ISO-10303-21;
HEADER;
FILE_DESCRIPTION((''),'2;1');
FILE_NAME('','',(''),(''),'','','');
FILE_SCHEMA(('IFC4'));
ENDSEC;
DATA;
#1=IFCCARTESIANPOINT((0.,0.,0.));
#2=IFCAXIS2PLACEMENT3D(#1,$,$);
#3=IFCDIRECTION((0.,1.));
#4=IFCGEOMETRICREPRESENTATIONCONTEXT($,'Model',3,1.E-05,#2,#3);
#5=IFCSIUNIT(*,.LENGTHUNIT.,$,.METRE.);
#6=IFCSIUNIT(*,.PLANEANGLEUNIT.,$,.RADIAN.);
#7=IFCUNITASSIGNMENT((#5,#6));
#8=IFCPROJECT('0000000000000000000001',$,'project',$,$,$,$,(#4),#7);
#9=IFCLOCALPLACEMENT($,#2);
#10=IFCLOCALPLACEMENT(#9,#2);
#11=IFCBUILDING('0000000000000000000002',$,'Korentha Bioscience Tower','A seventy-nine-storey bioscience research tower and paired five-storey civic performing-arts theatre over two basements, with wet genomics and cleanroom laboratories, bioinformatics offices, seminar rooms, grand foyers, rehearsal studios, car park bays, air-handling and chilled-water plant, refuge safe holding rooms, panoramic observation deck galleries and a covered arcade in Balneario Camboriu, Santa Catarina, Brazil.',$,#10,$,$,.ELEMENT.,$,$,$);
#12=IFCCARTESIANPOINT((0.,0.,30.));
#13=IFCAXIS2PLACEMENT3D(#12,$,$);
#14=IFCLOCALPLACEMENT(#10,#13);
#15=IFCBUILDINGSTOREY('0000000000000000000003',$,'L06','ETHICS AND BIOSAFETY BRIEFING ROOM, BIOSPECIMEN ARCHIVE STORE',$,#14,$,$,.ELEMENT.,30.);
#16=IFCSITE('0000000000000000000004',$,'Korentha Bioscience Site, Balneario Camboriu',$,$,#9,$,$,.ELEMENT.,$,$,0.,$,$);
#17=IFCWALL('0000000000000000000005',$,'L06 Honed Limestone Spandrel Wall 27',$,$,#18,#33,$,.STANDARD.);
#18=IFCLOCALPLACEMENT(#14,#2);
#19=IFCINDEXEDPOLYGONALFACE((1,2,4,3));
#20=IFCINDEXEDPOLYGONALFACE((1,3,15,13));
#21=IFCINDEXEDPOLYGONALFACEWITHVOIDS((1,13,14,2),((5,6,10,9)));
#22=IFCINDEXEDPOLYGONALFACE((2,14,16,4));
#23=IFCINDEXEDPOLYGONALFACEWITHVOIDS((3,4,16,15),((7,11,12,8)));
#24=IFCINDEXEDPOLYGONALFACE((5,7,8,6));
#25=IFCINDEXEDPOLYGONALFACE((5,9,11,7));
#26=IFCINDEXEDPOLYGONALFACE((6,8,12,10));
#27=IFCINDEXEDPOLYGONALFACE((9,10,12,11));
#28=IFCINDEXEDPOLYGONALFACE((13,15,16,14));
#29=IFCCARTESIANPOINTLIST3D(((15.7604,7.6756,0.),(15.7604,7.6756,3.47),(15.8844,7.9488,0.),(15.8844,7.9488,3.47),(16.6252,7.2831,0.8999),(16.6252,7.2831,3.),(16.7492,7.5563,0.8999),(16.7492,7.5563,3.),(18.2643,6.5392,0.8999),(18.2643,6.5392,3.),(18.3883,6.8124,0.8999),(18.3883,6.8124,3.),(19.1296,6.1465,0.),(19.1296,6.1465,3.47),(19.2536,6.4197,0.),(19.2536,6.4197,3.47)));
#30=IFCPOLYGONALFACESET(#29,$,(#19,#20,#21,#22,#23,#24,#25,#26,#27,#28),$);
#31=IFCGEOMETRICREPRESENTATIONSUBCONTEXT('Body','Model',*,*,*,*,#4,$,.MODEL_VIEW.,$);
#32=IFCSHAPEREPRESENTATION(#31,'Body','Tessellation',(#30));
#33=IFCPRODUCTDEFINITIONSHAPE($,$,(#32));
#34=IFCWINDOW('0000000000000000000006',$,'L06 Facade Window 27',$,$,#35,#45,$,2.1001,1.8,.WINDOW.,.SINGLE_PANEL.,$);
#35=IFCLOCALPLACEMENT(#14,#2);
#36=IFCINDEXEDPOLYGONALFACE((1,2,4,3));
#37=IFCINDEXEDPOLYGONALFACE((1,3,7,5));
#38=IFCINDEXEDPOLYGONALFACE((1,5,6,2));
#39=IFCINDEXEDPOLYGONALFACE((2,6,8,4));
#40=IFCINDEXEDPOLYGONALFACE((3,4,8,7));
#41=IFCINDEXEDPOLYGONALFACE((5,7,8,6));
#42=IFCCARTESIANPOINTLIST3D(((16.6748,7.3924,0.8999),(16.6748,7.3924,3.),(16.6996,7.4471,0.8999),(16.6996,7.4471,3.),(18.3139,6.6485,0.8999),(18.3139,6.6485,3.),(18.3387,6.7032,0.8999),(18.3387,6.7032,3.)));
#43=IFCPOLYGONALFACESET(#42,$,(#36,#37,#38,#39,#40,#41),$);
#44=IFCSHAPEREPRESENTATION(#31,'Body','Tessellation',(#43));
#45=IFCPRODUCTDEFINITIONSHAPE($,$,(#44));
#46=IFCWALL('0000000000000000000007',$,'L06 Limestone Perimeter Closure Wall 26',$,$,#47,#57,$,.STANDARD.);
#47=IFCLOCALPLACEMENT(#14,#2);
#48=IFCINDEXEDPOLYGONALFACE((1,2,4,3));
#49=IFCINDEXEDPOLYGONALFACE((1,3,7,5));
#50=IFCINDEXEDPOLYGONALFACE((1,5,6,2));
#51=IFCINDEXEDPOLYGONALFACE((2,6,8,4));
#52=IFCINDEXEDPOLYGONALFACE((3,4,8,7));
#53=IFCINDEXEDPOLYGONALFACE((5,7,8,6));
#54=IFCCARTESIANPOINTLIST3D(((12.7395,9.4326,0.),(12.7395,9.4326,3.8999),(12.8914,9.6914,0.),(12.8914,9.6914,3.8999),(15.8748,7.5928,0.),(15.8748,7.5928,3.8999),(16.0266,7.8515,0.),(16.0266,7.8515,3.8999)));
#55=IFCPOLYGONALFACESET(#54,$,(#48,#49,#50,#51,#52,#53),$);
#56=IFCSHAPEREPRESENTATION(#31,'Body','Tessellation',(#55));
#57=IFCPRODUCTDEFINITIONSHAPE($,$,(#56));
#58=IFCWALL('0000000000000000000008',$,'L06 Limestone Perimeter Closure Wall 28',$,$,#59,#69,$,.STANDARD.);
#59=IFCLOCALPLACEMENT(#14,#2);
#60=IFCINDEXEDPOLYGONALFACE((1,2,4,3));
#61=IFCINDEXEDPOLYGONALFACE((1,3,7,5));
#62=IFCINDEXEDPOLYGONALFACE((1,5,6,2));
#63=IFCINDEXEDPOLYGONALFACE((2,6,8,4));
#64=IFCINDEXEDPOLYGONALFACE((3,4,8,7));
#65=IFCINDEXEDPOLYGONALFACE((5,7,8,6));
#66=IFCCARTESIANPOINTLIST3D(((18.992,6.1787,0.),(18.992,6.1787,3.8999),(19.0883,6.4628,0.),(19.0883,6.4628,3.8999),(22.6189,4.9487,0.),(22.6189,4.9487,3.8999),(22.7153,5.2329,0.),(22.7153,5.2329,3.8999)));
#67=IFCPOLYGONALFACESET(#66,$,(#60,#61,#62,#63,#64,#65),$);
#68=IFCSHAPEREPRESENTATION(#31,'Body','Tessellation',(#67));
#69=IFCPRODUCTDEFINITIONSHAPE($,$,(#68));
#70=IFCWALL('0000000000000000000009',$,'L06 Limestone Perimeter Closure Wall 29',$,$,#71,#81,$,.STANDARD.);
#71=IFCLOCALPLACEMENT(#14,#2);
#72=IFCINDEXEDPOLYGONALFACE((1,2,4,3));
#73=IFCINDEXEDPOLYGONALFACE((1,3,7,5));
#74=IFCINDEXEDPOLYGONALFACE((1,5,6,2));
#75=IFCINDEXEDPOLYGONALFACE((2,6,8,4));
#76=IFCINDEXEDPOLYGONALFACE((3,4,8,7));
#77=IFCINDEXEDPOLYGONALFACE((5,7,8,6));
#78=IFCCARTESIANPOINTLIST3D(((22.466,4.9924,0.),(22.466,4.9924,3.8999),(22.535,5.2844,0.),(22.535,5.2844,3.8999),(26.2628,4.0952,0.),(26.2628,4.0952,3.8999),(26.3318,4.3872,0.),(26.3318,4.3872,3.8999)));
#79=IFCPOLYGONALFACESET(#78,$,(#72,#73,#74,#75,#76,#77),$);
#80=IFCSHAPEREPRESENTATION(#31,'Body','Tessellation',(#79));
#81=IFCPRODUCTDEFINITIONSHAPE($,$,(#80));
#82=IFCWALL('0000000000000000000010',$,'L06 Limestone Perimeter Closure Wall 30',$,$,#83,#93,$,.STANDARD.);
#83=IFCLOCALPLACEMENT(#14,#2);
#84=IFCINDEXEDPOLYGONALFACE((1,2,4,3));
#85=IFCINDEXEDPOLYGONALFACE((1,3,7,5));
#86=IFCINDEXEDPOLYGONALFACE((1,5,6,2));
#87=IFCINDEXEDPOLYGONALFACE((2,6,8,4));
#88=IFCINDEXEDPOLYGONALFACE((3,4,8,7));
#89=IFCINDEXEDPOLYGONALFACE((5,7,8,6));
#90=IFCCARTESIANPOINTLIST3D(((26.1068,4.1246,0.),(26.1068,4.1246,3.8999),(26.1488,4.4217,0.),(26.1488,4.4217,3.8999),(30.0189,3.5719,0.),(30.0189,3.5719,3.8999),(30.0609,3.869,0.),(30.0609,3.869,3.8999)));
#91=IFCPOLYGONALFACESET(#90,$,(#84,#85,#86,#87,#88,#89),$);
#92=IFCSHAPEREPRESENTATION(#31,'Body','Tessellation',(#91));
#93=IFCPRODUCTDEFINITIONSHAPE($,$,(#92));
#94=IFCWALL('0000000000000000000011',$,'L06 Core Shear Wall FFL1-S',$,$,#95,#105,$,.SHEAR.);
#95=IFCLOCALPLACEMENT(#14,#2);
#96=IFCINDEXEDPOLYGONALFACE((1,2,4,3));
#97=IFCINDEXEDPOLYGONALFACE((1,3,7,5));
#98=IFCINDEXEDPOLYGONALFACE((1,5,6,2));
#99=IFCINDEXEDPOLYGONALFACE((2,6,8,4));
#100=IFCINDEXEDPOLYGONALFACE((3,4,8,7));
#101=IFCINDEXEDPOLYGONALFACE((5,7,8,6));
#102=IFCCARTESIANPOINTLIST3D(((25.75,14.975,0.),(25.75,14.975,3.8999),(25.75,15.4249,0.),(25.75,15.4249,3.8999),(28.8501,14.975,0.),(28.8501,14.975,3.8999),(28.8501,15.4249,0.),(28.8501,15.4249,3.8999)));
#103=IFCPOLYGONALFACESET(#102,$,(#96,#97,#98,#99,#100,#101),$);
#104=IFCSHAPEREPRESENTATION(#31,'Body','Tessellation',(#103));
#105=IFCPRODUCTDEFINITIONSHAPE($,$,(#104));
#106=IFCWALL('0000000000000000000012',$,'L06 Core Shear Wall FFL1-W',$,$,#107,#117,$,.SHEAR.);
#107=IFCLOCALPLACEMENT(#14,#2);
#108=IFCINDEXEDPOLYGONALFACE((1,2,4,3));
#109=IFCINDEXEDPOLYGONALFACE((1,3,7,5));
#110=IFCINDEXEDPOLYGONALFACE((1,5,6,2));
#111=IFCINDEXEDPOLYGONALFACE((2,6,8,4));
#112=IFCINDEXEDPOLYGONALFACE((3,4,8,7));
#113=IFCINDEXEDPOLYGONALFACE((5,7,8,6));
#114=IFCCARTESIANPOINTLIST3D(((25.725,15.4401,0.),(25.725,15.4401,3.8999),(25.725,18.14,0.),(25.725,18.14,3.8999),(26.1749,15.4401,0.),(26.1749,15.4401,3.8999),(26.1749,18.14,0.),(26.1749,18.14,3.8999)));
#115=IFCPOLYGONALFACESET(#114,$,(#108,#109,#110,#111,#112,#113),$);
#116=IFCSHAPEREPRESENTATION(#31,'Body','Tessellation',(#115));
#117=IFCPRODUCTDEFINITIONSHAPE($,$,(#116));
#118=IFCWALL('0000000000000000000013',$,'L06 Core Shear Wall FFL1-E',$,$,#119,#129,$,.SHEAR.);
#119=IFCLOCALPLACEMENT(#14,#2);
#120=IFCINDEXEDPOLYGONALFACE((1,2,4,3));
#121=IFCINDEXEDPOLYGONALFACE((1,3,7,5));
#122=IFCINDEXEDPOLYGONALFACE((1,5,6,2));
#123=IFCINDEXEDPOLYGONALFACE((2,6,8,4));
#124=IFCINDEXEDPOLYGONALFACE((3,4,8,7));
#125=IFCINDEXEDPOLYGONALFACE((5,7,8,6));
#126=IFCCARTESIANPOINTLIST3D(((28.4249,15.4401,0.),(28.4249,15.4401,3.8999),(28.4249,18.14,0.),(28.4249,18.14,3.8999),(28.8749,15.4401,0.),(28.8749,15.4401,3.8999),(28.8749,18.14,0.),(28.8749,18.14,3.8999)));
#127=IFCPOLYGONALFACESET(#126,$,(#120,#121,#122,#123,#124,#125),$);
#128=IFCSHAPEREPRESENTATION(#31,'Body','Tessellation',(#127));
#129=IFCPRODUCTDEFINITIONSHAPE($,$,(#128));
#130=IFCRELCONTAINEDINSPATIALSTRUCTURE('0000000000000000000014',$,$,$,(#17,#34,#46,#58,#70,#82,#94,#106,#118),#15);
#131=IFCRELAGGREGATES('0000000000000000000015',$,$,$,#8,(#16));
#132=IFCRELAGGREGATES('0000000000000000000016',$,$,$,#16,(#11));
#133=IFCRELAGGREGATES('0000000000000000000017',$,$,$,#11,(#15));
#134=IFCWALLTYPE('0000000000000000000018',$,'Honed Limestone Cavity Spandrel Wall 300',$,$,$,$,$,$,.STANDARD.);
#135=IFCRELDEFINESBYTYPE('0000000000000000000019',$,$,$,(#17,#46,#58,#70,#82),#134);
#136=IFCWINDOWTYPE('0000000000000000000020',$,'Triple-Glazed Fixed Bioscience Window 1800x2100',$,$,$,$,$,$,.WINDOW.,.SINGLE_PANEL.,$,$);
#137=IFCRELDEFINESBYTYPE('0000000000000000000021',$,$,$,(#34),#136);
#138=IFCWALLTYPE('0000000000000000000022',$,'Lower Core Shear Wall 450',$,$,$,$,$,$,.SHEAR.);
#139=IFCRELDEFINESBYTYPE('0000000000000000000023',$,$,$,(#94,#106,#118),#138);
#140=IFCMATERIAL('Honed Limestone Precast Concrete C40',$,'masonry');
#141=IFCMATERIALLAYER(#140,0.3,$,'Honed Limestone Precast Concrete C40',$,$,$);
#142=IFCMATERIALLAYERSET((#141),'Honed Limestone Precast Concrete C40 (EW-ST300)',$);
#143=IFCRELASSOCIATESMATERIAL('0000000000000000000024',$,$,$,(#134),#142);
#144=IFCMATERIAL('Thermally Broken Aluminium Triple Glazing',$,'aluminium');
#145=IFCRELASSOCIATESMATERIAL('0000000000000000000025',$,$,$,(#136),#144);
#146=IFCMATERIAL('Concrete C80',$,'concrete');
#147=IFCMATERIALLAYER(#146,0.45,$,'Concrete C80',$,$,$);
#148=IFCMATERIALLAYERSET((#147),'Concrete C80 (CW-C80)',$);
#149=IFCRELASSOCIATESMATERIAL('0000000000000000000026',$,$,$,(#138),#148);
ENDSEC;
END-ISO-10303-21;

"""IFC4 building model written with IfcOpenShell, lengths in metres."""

from ifc_helpers import new_model, si_unit, direction, frame, frame_2d, origin, place, context, subcontext, project, spatial, rectangle, extrude, material, layer, layer_set, type_object, element, fill, save


model = new_model("IFC4")

# Units and contexts
model_context = context("Model", 3, precision=1e-05, world=origin(), true_north=direction((0.0, 1.0)))
body_context = subcontext(model_context, "Body", "Model", "MODEL_VIEW")
ifc_project = project(units=[si_unit("LENGTHUNIT", "METRE"), si_unit("PLANEANGLEUNIT", "RADIAN")], contexts=[model_context])

# Site, building, storey
site_placement = place(None, origin())
site = spatial("IfcSite", under=ifc_project, at=site_placement, Name="Korentha Bioscience Site, Balneario Camboriu", CompositionType="ELEMENT", RefElevation=0.0)
building_placement = place(site_placement, origin())
building = spatial("IfcBuilding", under=site, at=building_placement, Name="Korentha Bioscience Tower", Description="A seventy-nine-storey bioscience research tower and paired five-storey civic performing-arts theatre over two basements, with wet genomics and cleanroom laboratories, bioinformatics offices, seminar rooms, grand foyers, rehearsal studios, car park bays, air-handling and chilled-water plant, refuge safe holding rooms, panoramic observation deck galleries and a covered arcade in Balneario Camboriu, Santa Catarina, Brazil.", CompositionType="ELEMENT")
storey_placement = place(building_placement, frame((0.0, 0.0, 30.0)))
storey = spatial("IfcBuildingStorey", under=building, at=storey_placement, Name="L06", Description="ETHICS AND BIOSAFETY BRIEFING ROOM, BIOSPECIMEN ARCHIVE STORE", CompositionType="ELEMENT", Elevation=30.0)

# Shared definitions
ifc_material_1 = material(Name="Concrete C80", Category="concrete")

# Wall, opening, window
ifc_material_2 = material(Name="Honed Limestone Precast Concrete C40", Category="masonry")
ifc_layer_1 = layer(ifc_material_2, 0.3, Name="Honed Limestone Precast Concrete C40")
ifc_layer_set_1 = layer_set([ifc_layer_1], Name="Honed Limestone Precast Concrete C40 (EW-ST300)")
wall_type_1 = type_object("IfcWallType", Name="Honed Limestone Cavity Spandrel Wall 300", PredefinedType="STANDARD", material=ifc_layer_set_1)
wall_1_placement = place(storey_placement, frame((15.8223, 7.8123, 0.0), z_axis=(0.0, 0.0, 1.0), x_axis=(0.910608, -0.413271, 0.0)))
wall_1 = element("IfcWall", 1, at=wall_1_placement, inside=storey, type_object=wall_type_1, Name="L06 Honed Limestone Spandrel Wall 27", PredefinedType="STANDARD", context=body_context, shape_type="SweptSolid", body=[
    extrude(rectangle(XDim=3.7, YDim=0.3, at=frame_2d((1.8501, 0.0))), origin(), (0.0, 0.0, 1.0), 3.47),
])
opening_placement = place(wall_1_placement, frame((0.95, 0.0, 0.8999)))
opening = element("IfcOpeningElement", 2, at=opening_placement, cuts=wall_1, PredefinedType="OPENING", context=body_context, shape_type="SweptSolid", body=[
    extrude(rectangle(XDim=1.8, YDim=2.1001, at=frame_2d((0.8999, 1.05))), frame((0.0, 0.165, 0.0), z_axis=(0.0, -1.0, 0.0), x_axis=(1.0, 0.0, 0.0)), (0.0, 0.0, 1.0), 0.3298),
])
ifc_material_3 = material(Name="Thermally Broken Aluminium Triple Glazing", Category="aluminium")
window_type = type_object("IfcWindowType", Name="Triple-Glazed Fixed Bioscience Window 1800x2100", PartitioningType="SINGLE_PANEL", PredefinedType="WINDOW", material=ifc_material_3)
window_placement = place(opening_placement, origin())
window = element("IfcWindow", 3, at=window_placement, inside=storey, type_object=window_type, Name="L06 Facade Window 27", OverallHeight=2.1001, OverallWidth=1.8, PartitioningType="SINGLE_PANEL", PredefinedType="WINDOW", context=body_context, shape_type="SweptSolid", body=[
    extrude(rectangle(XDim=1.8, YDim=2.1001, at=frame_2d((0.8999, 1.05))), frame((0.0, 0.03, 0.0), z_axis=(0.0, -1.0, 0.0), x_axis=(1.0, 0.0, 0.0)), (0.0, 0.0, 1.0), 0.0601),
])
fill(opening, window)

# Walls
wall_2_placement = place(storey_placement, frame((12.8154, 9.562, 0.0), z_axis=(0.0, 0.0, 1.0), x_axis=(0.862465, -0.506116, 0.0)))
element("IfcWall", 4, at=wall_2_placement, inside=storey, type_object=wall_type_1, Name="L06 Limestone Perimeter Closure Wall 26", PredefinedType="STANDARD", context=body_context, shape_type="SweptSolid", body=[
    extrude(rectangle(XDim=3.6353, YDim=0.3, at=frame_2d((1.8176, 0.0))), origin(), (0.0, 0.0, 1.0), 3.8999),
])
wall_3_placement = place(storey_placement, frame((19.04, 6.3208, 0.0), z_axis=(0.0, 0.0, 1.0), x_axis=(0.947026, -0.321158, 0.0)))
element("IfcWall", 5, at=wall_3_placement, inside=storey, type_object=wall_type_1, Name="L06 Limestone Perimeter Closure Wall 28", PredefinedType="STANDARD", context=body_context, shape_type="SweptSolid", body=[
    extrude(rectangle(XDim=3.8298, YDim=0.3, at=frame_2d((1.915, 0.0))), origin(), (0.0, 0.0, 1.0), 3.8999),
])
wall_4_placement = place(storey_placement, frame((22.5005, 5.1384, 0.0), z_axis=(0.0, 0.0, 1.0), x_axis=(0.973198, -0.22997, 0.0)))
element("IfcWall", 6, at=wall_4_placement, inside=storey, type_object=wall_type_1, Name="L06 Limestone Perimeter Closure Wall 29", PredefinedType="STANDARD", context=body_context, shape_type="SweptSolid", body=[
    extrude(rectangle(XDim=3.9014, YDim=0.3, at=frame_2d((1.9507, 0.0))), origin(), (0.0, 0.0, 1.0), 3.8999),
])
wall_5_placement = place(storey_placement, frame((26.1277, 4.2732, 0.0), z_axis=(0.0, 0.0, 1.0), x_axis=(0.990166, -0.139899, 0.0)))
element("IfcWall", 7, at=wall_5_placement, inside=storey, type_object=wall_type_1, Name="L06 Limestone Perimeter Closure Wall 30", PredefinedType="STANDARD", context=body_context, shape_type="SweptSolid", body=[
    extrude(rectangle(XDim=3.9509, YDim=0.3, at=frame_2d((1.9756, 0.0))), origin(), (0.0, 0.0, 1.0), 3.8999),
])
ifc_layer_2 = layer(ifc_material_1, 0.45, Name="Concrete C80")
ifc_layer_set_2 = layer_set([ifc_layer_2], Name="Concrete C80 (CW-C80)")
wall_type_2 = type_object("IfcWallType", Name="Lower Core Shear Wall 450", PredefinedType="SHEAR", material=ifc_layer_set_2)
wall_6_placement = place(storey_placement, frame((25.75, 15.2, 0.0), z_axis=(0.0, 0.0, 1.0), x_axis=(1.0, 0.0, 0.0)))
element("IfcWall", 8, at=wall_6_placement, inside=storey, type_object=wall_type_2, Name="L06 Core Shear Wall FFL1-S", PredefinedType="SHEAR", context=body_context, shape_type="SweptSolid", body=[
    extrude(rectangle(XDim=3.1001, YDim=0.45, at=frame_2d((1.55, 0.0))), origin(), (0.0, 0.0, 1.0), 3.8999),
])
for number, where, z_axis, x_axis, name in (
    (9, (25.95, 15.4399, 0.0), (0.0, 0.0, 1.0), (0.0, 1.0, 0.0), "L06 Core Shear Wall FFL1-W"),
    (10, (28.6499, 15.4399, 0.0), (0.0, 0.0, 1.0), (0.0, 1.0, 0.0), "L06 Core Shear Wall FFL1-E"),
):
    element("IfcWall", number, at=place(storey_placement, frame(where, z_axis=z_axis, x_axis=x_axis)), inside=storey, type_object=wall_type_2, Name=name, PredefinedType="SHEAR", context=body_context, shape_type="SweptSolid", body=[
        extrude(rectangle(XDim=2.7, YDim=0.45, at=frame_2d((1.3501, 0.0))), origin(), (0.0, 0.0, 1.0), 3.8999),
    ])

save(model, "model.ifc")
